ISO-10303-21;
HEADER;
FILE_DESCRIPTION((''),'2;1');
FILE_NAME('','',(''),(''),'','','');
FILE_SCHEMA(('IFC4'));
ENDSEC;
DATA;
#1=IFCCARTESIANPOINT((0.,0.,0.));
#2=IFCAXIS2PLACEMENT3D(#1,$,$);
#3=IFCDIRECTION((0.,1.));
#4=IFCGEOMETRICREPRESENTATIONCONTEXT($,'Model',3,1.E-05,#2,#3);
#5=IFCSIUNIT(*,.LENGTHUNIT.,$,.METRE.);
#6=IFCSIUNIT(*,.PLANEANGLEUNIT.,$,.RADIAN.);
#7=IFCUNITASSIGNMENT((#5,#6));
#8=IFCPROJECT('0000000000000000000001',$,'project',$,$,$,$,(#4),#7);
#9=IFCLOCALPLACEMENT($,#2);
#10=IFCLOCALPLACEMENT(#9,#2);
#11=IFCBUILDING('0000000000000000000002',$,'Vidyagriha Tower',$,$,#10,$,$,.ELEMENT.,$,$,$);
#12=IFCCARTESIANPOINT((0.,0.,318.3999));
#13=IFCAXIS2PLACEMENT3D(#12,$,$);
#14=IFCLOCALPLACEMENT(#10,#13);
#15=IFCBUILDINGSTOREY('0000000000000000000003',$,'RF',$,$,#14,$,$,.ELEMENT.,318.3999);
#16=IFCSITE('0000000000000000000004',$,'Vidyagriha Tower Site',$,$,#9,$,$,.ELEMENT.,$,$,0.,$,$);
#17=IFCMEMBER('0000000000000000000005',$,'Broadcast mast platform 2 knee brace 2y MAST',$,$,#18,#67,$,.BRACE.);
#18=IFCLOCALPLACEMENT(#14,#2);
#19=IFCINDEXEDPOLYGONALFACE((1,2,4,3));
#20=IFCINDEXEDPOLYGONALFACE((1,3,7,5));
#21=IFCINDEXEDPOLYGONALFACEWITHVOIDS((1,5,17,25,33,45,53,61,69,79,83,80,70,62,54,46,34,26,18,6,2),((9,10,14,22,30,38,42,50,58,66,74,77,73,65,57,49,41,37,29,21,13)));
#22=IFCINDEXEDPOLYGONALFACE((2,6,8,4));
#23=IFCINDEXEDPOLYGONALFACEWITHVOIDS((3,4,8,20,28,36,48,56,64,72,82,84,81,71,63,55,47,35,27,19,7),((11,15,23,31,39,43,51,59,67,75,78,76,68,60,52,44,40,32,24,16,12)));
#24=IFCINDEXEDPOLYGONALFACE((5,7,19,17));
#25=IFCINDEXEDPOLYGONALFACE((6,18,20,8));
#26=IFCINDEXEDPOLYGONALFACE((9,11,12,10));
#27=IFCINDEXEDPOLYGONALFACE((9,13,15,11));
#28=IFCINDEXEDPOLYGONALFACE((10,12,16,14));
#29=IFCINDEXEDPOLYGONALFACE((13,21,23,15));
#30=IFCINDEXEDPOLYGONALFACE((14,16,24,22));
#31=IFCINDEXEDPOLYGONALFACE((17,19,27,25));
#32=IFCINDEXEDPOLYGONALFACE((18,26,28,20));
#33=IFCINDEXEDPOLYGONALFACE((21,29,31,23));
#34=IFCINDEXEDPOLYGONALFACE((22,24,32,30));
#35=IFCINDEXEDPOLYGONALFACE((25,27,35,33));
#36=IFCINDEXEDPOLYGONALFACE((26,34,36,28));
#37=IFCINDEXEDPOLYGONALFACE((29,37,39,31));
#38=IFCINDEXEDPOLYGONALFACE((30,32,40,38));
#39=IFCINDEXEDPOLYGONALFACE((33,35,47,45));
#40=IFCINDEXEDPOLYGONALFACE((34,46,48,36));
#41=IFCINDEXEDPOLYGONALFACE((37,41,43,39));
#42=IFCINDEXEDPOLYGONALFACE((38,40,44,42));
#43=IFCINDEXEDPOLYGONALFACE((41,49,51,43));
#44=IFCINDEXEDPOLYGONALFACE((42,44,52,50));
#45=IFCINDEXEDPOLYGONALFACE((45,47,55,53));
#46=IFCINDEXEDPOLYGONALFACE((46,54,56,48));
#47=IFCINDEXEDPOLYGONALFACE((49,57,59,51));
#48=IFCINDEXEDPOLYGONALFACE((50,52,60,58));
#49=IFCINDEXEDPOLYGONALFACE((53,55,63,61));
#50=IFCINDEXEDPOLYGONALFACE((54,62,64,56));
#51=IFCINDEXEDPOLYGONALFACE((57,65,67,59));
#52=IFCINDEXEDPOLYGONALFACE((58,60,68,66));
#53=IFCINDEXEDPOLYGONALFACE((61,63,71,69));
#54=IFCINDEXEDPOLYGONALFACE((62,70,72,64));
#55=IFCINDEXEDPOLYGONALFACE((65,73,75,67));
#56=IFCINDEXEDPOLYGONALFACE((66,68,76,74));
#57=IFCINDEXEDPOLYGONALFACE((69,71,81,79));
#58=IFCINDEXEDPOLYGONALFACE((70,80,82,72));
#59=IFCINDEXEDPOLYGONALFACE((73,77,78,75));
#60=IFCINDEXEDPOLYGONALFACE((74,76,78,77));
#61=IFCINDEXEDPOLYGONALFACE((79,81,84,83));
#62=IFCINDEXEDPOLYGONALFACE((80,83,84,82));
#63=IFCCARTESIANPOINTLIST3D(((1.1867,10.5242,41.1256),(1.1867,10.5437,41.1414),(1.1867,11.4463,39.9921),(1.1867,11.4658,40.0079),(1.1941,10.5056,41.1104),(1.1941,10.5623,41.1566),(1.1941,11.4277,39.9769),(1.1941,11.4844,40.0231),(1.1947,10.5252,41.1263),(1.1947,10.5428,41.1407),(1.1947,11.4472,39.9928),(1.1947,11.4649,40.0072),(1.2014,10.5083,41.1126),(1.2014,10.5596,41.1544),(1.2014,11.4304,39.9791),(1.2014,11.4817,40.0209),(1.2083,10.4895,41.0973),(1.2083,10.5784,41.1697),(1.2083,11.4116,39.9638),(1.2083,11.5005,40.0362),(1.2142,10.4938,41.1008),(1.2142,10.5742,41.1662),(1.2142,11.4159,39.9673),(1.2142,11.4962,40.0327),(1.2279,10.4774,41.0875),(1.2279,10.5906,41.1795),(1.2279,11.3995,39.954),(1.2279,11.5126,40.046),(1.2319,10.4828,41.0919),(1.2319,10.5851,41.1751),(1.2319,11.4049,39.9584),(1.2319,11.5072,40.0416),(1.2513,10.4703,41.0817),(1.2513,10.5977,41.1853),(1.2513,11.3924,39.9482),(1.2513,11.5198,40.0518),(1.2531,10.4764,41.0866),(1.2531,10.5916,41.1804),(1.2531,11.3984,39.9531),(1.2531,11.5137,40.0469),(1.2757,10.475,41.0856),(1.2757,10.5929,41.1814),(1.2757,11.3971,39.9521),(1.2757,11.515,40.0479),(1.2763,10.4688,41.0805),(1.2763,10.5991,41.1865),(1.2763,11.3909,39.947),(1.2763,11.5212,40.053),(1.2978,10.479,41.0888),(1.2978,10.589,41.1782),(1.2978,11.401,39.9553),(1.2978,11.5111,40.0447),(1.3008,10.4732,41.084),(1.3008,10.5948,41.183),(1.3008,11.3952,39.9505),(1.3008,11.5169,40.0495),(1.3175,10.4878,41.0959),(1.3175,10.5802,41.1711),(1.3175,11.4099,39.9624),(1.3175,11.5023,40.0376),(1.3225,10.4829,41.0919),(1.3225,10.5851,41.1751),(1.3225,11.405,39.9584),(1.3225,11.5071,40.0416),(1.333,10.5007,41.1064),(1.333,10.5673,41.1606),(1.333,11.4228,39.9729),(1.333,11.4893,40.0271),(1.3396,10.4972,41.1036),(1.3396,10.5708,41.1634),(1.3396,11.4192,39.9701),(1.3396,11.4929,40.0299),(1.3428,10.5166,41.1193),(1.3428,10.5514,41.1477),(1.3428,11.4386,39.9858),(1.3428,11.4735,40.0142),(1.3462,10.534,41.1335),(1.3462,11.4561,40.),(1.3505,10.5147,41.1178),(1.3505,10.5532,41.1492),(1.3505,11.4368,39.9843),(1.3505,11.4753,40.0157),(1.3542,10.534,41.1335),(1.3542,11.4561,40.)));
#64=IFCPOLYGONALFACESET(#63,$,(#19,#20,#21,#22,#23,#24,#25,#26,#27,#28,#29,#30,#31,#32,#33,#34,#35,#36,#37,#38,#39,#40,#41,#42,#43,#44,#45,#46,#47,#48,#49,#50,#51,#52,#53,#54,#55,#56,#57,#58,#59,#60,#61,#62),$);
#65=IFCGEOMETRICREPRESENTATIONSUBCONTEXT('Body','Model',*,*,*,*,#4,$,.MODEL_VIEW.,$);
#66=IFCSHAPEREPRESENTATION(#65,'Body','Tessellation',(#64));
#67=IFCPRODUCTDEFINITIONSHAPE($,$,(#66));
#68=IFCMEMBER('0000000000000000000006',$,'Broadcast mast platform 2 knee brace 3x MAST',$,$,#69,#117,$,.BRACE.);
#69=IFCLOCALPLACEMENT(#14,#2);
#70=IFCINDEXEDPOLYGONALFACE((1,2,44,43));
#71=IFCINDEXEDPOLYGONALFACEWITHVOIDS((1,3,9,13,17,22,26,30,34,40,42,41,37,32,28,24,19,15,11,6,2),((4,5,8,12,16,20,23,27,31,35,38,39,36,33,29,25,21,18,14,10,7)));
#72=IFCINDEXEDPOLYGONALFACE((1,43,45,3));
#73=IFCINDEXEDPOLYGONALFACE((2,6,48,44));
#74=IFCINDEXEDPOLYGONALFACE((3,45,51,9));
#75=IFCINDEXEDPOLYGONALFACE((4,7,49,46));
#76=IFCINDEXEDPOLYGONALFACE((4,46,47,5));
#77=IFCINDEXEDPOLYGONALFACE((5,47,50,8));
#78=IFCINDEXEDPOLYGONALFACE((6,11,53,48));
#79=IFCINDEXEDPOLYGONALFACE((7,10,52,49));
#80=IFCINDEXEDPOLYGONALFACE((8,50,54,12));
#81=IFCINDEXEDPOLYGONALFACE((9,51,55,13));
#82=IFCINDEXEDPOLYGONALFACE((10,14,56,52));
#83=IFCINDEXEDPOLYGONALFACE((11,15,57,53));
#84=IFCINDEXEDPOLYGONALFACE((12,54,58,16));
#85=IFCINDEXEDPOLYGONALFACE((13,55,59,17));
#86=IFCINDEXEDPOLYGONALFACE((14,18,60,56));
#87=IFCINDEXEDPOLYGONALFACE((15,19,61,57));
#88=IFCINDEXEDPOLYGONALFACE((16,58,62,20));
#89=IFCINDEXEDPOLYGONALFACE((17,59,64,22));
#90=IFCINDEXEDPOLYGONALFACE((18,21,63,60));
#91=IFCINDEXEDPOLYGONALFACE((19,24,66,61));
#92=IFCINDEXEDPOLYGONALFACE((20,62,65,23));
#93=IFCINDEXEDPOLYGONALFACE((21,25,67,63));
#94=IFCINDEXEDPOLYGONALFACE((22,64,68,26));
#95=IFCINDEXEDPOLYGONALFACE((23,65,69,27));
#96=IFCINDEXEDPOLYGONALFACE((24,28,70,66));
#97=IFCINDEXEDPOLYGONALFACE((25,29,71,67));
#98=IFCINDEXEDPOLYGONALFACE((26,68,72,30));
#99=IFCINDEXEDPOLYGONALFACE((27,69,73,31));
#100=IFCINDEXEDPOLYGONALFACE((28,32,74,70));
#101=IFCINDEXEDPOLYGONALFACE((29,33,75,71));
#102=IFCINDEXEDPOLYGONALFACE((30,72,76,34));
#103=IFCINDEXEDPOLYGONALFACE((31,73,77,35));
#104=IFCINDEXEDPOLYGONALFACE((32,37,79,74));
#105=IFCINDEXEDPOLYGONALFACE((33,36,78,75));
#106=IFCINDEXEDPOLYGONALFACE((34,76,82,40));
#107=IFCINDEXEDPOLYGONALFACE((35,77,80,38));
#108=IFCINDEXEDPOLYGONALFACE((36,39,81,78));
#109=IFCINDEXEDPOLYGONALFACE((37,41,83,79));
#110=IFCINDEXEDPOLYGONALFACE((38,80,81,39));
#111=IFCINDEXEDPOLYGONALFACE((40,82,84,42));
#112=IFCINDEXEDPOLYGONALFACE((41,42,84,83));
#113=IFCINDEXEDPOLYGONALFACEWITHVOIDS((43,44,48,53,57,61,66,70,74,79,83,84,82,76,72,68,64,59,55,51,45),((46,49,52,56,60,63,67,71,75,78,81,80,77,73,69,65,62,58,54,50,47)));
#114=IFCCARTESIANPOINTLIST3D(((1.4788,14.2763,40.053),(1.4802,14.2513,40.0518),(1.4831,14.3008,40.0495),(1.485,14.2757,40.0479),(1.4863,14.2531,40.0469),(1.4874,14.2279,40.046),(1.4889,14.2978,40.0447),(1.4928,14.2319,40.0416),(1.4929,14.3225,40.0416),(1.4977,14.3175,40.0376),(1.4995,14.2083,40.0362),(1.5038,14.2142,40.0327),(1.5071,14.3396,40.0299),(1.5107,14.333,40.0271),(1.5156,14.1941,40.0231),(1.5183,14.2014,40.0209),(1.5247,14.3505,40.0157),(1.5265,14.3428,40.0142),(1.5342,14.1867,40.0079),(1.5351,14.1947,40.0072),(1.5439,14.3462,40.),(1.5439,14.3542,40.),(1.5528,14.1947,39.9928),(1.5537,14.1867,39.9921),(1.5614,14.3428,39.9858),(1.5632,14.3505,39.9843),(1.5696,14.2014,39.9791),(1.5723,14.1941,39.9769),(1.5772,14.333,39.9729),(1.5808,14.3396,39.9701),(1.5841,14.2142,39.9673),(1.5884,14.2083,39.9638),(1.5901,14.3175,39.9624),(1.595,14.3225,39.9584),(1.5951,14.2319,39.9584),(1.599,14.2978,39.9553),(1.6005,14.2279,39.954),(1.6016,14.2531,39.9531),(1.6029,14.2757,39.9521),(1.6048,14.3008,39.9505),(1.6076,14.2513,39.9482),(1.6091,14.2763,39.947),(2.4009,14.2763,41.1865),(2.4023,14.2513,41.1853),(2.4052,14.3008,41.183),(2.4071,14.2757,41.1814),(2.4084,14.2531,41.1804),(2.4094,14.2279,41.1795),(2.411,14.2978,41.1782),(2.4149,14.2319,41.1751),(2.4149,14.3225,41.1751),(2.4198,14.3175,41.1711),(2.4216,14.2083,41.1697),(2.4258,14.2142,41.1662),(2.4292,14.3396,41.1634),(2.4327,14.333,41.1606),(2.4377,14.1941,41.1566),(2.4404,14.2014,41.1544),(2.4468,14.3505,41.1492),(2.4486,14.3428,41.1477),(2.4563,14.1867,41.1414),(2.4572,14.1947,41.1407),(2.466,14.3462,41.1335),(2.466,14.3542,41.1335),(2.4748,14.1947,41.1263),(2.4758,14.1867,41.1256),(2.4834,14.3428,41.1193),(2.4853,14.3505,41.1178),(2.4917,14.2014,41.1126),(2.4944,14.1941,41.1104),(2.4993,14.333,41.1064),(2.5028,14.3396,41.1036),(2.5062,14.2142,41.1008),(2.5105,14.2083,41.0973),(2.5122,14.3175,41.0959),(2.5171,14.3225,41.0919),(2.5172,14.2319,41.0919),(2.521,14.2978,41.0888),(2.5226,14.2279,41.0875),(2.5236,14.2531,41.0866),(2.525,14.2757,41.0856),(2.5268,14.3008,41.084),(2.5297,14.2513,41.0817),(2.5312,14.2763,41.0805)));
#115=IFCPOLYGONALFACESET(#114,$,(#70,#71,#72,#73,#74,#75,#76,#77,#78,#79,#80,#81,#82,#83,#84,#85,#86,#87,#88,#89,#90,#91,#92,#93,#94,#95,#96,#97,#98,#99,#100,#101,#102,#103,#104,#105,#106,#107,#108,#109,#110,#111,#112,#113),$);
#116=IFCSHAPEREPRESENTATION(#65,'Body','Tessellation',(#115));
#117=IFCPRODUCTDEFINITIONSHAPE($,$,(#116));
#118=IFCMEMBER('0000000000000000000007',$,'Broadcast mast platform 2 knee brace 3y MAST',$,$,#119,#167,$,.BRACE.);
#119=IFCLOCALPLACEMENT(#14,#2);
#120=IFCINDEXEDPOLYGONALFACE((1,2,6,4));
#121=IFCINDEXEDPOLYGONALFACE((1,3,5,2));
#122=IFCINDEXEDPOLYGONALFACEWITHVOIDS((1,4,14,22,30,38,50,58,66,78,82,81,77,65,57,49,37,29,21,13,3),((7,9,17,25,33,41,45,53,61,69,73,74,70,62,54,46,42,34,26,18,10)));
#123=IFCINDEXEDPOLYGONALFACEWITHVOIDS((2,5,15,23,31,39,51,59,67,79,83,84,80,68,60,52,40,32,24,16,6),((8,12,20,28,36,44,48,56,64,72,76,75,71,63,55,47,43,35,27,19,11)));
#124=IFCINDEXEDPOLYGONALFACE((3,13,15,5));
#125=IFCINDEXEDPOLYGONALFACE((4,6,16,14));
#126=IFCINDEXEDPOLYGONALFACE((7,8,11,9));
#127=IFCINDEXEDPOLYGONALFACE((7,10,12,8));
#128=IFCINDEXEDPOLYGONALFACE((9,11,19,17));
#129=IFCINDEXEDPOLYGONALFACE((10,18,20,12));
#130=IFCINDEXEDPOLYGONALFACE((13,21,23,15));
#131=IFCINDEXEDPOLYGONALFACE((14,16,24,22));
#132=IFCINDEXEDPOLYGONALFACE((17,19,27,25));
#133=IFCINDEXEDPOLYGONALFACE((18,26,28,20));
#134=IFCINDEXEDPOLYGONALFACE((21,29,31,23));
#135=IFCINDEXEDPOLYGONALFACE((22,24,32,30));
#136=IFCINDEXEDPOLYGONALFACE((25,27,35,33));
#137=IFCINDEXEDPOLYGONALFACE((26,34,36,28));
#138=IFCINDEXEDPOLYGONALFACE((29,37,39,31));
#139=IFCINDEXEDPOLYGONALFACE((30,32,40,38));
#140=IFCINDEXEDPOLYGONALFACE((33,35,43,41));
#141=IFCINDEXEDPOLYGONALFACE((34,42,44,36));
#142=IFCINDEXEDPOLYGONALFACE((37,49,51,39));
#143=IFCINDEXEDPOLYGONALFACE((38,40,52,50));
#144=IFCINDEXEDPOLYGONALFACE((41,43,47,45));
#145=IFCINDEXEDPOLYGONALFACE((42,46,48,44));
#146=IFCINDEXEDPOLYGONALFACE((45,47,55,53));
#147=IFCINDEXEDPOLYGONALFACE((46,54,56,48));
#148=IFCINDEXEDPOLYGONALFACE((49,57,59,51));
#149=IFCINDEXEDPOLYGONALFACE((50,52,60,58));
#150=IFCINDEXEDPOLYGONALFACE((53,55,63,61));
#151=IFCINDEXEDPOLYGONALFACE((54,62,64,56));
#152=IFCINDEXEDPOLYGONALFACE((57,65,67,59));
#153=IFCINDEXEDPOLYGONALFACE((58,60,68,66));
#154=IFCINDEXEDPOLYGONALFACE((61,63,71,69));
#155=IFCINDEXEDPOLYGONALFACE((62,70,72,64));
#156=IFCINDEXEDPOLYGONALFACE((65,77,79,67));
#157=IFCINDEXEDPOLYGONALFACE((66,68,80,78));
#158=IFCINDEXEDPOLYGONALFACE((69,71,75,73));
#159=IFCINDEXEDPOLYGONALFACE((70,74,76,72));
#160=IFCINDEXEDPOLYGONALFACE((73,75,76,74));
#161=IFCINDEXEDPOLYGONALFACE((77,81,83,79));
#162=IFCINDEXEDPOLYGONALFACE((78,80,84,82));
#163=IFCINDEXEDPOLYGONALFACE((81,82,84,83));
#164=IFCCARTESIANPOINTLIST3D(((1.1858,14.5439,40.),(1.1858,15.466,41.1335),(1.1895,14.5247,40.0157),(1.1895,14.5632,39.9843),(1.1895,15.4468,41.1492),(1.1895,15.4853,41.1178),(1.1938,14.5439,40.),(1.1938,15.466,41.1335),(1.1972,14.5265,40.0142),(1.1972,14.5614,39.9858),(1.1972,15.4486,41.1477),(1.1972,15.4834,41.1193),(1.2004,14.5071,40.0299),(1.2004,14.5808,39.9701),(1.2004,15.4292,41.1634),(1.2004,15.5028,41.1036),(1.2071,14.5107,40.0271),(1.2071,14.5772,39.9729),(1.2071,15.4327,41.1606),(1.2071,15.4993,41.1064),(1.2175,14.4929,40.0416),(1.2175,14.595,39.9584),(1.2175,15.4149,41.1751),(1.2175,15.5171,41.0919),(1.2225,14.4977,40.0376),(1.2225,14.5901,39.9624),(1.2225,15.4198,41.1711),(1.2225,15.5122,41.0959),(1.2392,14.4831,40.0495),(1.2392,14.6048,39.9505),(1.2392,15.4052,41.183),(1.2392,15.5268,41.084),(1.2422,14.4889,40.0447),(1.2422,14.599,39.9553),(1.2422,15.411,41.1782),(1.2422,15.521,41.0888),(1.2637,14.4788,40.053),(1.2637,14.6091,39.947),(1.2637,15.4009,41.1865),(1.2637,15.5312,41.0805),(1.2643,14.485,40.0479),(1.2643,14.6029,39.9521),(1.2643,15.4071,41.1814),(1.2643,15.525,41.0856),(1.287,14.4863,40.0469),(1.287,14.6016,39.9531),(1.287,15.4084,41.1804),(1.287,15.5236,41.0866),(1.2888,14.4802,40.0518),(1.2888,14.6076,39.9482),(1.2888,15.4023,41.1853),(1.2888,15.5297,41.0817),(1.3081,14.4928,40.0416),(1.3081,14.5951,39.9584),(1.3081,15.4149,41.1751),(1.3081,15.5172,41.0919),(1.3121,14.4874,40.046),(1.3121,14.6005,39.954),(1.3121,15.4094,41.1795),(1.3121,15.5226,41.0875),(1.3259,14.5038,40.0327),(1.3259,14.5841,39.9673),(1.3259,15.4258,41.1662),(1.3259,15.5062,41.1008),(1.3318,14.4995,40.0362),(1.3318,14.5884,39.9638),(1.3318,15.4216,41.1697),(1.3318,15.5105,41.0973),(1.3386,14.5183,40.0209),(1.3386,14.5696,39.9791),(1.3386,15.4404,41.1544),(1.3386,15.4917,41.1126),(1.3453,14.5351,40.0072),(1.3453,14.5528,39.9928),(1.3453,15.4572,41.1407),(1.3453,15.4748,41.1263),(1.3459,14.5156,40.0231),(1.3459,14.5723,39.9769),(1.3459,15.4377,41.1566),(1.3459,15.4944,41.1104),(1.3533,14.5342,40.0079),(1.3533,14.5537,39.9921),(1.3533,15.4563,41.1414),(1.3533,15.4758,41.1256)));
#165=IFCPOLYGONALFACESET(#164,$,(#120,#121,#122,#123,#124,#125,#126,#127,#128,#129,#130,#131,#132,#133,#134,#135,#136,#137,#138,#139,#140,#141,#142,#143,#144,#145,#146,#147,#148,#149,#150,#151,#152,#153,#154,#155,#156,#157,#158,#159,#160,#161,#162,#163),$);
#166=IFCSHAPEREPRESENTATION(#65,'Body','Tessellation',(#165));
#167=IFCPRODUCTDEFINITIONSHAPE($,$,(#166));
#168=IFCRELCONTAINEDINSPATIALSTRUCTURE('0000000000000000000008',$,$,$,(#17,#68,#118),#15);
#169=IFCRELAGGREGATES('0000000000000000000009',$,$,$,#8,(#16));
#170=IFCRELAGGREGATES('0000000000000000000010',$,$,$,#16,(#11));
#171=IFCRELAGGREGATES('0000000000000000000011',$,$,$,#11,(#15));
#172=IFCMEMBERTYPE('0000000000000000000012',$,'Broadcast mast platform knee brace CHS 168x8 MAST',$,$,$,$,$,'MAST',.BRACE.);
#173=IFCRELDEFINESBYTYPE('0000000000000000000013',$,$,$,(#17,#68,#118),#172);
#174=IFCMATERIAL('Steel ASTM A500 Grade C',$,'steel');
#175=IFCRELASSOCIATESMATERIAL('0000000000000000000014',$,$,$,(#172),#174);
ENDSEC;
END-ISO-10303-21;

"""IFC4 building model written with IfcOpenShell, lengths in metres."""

from ifc_helpers import new_model, si_unit, direction, frame, origin, origin_2d, place, context, subcontext, project, spatial, hollow_circle, extrude, material, material_profile, profile_set, type_object, element, save


model = new_model("IFC4")

# Units and contexts
model_context = context("Model", 3, precision=1e-05, world=origin(), true_north=direction((0.0, 1.0)))
body_context = subcontext(model_context, "Body", "Model", "MODEL_VIEW")
ifc_project = project(units=[si_unit("LENGTHUNIT", "METRE"), si_unit("PLANEANGLEUNIT", "RADIAN")], contexts=[model_context])

# Site, building, storey
site_placement = place(None, origin())
site = spatial("IfcSite", under=ifc_project, at=site_placement, Name="Vidyagriha Tower Site", CompositionType="ELEMENT", RefElevation=0.0)
building_placement = place(site_placement, origin())
building = spatial("IfcBuilding", under=site, at=building_placement, Name="Vidyagriha Tower", CompositionType="ELEMENT")
storey_placement = place(building_placement, frame((0.0, 0.0, 318.3999)))
storey = spatial("IfcBuildingStorey", under=building, at=storey_placement, Name="RF", CompositionType="ELEMENT", Elevation=318.3999)

# Members
ifc_material_1 = material(Name="Steel ASTM A500 Grade C", Category="steel")
ifc_material_profile_1 = material_profile(ifc_material_1, hollow_circle(Radius=0.0842, WallThickness=0.0081, at=origin_2d()), Name="Broadcast mast platform knee brace CHS 168x8 MAST")
ifc_profile_set_1 = profile_set([ifc_material_profile_1], Name="Steel ASTM A500 Grade C")
member_type_1 = type_object("IfcMemberType", Name="Broadcast mast platform knee brace CHS 168x8 MAST", ElementType="MAST", PredefinedType="BRACE", material=ifc_profile_set_1)
for number, where, z_axis, x_axis, name in (
    (1, (1.27, 11.4561, 40.0), (0.0, -0.631052, 0.775741), (1.0, 0.0, 0.0), "Broadcast mast platform 2 knee brace 2y MAST"),
    (2, (1.5439, 14.27, 40.0), (0.631052, 0.0, 0.775741), (0.0, 1.0, 0.0), "Broadcast mast platform 2 knee brace 3x MAST"),
    (3, (1.27, 14.5439, 40.0), (0.0, 0.631052, 0.775741), (-1.0, 0.0, 0.0), "Broadcast mast platform 2 knee brace 3y MAST"),
):
    element("IfcMember", number, at=place(storey_placement, frame(where, z_axis=z_axis, x_axis=x_axis)), inside=storey, type_object=member_type_1, Name=name, PredefinedType="BRACE", context=body_context, shape_type="SweptSolid", body=[
        extrude(hollow_circle(Radius=0.0842, WallThickness=0.0081, at=origin_2d()), origin(), (0.0, 0.0, 1.0), 1.4612),
    ])

save(model, "model.ifc")
